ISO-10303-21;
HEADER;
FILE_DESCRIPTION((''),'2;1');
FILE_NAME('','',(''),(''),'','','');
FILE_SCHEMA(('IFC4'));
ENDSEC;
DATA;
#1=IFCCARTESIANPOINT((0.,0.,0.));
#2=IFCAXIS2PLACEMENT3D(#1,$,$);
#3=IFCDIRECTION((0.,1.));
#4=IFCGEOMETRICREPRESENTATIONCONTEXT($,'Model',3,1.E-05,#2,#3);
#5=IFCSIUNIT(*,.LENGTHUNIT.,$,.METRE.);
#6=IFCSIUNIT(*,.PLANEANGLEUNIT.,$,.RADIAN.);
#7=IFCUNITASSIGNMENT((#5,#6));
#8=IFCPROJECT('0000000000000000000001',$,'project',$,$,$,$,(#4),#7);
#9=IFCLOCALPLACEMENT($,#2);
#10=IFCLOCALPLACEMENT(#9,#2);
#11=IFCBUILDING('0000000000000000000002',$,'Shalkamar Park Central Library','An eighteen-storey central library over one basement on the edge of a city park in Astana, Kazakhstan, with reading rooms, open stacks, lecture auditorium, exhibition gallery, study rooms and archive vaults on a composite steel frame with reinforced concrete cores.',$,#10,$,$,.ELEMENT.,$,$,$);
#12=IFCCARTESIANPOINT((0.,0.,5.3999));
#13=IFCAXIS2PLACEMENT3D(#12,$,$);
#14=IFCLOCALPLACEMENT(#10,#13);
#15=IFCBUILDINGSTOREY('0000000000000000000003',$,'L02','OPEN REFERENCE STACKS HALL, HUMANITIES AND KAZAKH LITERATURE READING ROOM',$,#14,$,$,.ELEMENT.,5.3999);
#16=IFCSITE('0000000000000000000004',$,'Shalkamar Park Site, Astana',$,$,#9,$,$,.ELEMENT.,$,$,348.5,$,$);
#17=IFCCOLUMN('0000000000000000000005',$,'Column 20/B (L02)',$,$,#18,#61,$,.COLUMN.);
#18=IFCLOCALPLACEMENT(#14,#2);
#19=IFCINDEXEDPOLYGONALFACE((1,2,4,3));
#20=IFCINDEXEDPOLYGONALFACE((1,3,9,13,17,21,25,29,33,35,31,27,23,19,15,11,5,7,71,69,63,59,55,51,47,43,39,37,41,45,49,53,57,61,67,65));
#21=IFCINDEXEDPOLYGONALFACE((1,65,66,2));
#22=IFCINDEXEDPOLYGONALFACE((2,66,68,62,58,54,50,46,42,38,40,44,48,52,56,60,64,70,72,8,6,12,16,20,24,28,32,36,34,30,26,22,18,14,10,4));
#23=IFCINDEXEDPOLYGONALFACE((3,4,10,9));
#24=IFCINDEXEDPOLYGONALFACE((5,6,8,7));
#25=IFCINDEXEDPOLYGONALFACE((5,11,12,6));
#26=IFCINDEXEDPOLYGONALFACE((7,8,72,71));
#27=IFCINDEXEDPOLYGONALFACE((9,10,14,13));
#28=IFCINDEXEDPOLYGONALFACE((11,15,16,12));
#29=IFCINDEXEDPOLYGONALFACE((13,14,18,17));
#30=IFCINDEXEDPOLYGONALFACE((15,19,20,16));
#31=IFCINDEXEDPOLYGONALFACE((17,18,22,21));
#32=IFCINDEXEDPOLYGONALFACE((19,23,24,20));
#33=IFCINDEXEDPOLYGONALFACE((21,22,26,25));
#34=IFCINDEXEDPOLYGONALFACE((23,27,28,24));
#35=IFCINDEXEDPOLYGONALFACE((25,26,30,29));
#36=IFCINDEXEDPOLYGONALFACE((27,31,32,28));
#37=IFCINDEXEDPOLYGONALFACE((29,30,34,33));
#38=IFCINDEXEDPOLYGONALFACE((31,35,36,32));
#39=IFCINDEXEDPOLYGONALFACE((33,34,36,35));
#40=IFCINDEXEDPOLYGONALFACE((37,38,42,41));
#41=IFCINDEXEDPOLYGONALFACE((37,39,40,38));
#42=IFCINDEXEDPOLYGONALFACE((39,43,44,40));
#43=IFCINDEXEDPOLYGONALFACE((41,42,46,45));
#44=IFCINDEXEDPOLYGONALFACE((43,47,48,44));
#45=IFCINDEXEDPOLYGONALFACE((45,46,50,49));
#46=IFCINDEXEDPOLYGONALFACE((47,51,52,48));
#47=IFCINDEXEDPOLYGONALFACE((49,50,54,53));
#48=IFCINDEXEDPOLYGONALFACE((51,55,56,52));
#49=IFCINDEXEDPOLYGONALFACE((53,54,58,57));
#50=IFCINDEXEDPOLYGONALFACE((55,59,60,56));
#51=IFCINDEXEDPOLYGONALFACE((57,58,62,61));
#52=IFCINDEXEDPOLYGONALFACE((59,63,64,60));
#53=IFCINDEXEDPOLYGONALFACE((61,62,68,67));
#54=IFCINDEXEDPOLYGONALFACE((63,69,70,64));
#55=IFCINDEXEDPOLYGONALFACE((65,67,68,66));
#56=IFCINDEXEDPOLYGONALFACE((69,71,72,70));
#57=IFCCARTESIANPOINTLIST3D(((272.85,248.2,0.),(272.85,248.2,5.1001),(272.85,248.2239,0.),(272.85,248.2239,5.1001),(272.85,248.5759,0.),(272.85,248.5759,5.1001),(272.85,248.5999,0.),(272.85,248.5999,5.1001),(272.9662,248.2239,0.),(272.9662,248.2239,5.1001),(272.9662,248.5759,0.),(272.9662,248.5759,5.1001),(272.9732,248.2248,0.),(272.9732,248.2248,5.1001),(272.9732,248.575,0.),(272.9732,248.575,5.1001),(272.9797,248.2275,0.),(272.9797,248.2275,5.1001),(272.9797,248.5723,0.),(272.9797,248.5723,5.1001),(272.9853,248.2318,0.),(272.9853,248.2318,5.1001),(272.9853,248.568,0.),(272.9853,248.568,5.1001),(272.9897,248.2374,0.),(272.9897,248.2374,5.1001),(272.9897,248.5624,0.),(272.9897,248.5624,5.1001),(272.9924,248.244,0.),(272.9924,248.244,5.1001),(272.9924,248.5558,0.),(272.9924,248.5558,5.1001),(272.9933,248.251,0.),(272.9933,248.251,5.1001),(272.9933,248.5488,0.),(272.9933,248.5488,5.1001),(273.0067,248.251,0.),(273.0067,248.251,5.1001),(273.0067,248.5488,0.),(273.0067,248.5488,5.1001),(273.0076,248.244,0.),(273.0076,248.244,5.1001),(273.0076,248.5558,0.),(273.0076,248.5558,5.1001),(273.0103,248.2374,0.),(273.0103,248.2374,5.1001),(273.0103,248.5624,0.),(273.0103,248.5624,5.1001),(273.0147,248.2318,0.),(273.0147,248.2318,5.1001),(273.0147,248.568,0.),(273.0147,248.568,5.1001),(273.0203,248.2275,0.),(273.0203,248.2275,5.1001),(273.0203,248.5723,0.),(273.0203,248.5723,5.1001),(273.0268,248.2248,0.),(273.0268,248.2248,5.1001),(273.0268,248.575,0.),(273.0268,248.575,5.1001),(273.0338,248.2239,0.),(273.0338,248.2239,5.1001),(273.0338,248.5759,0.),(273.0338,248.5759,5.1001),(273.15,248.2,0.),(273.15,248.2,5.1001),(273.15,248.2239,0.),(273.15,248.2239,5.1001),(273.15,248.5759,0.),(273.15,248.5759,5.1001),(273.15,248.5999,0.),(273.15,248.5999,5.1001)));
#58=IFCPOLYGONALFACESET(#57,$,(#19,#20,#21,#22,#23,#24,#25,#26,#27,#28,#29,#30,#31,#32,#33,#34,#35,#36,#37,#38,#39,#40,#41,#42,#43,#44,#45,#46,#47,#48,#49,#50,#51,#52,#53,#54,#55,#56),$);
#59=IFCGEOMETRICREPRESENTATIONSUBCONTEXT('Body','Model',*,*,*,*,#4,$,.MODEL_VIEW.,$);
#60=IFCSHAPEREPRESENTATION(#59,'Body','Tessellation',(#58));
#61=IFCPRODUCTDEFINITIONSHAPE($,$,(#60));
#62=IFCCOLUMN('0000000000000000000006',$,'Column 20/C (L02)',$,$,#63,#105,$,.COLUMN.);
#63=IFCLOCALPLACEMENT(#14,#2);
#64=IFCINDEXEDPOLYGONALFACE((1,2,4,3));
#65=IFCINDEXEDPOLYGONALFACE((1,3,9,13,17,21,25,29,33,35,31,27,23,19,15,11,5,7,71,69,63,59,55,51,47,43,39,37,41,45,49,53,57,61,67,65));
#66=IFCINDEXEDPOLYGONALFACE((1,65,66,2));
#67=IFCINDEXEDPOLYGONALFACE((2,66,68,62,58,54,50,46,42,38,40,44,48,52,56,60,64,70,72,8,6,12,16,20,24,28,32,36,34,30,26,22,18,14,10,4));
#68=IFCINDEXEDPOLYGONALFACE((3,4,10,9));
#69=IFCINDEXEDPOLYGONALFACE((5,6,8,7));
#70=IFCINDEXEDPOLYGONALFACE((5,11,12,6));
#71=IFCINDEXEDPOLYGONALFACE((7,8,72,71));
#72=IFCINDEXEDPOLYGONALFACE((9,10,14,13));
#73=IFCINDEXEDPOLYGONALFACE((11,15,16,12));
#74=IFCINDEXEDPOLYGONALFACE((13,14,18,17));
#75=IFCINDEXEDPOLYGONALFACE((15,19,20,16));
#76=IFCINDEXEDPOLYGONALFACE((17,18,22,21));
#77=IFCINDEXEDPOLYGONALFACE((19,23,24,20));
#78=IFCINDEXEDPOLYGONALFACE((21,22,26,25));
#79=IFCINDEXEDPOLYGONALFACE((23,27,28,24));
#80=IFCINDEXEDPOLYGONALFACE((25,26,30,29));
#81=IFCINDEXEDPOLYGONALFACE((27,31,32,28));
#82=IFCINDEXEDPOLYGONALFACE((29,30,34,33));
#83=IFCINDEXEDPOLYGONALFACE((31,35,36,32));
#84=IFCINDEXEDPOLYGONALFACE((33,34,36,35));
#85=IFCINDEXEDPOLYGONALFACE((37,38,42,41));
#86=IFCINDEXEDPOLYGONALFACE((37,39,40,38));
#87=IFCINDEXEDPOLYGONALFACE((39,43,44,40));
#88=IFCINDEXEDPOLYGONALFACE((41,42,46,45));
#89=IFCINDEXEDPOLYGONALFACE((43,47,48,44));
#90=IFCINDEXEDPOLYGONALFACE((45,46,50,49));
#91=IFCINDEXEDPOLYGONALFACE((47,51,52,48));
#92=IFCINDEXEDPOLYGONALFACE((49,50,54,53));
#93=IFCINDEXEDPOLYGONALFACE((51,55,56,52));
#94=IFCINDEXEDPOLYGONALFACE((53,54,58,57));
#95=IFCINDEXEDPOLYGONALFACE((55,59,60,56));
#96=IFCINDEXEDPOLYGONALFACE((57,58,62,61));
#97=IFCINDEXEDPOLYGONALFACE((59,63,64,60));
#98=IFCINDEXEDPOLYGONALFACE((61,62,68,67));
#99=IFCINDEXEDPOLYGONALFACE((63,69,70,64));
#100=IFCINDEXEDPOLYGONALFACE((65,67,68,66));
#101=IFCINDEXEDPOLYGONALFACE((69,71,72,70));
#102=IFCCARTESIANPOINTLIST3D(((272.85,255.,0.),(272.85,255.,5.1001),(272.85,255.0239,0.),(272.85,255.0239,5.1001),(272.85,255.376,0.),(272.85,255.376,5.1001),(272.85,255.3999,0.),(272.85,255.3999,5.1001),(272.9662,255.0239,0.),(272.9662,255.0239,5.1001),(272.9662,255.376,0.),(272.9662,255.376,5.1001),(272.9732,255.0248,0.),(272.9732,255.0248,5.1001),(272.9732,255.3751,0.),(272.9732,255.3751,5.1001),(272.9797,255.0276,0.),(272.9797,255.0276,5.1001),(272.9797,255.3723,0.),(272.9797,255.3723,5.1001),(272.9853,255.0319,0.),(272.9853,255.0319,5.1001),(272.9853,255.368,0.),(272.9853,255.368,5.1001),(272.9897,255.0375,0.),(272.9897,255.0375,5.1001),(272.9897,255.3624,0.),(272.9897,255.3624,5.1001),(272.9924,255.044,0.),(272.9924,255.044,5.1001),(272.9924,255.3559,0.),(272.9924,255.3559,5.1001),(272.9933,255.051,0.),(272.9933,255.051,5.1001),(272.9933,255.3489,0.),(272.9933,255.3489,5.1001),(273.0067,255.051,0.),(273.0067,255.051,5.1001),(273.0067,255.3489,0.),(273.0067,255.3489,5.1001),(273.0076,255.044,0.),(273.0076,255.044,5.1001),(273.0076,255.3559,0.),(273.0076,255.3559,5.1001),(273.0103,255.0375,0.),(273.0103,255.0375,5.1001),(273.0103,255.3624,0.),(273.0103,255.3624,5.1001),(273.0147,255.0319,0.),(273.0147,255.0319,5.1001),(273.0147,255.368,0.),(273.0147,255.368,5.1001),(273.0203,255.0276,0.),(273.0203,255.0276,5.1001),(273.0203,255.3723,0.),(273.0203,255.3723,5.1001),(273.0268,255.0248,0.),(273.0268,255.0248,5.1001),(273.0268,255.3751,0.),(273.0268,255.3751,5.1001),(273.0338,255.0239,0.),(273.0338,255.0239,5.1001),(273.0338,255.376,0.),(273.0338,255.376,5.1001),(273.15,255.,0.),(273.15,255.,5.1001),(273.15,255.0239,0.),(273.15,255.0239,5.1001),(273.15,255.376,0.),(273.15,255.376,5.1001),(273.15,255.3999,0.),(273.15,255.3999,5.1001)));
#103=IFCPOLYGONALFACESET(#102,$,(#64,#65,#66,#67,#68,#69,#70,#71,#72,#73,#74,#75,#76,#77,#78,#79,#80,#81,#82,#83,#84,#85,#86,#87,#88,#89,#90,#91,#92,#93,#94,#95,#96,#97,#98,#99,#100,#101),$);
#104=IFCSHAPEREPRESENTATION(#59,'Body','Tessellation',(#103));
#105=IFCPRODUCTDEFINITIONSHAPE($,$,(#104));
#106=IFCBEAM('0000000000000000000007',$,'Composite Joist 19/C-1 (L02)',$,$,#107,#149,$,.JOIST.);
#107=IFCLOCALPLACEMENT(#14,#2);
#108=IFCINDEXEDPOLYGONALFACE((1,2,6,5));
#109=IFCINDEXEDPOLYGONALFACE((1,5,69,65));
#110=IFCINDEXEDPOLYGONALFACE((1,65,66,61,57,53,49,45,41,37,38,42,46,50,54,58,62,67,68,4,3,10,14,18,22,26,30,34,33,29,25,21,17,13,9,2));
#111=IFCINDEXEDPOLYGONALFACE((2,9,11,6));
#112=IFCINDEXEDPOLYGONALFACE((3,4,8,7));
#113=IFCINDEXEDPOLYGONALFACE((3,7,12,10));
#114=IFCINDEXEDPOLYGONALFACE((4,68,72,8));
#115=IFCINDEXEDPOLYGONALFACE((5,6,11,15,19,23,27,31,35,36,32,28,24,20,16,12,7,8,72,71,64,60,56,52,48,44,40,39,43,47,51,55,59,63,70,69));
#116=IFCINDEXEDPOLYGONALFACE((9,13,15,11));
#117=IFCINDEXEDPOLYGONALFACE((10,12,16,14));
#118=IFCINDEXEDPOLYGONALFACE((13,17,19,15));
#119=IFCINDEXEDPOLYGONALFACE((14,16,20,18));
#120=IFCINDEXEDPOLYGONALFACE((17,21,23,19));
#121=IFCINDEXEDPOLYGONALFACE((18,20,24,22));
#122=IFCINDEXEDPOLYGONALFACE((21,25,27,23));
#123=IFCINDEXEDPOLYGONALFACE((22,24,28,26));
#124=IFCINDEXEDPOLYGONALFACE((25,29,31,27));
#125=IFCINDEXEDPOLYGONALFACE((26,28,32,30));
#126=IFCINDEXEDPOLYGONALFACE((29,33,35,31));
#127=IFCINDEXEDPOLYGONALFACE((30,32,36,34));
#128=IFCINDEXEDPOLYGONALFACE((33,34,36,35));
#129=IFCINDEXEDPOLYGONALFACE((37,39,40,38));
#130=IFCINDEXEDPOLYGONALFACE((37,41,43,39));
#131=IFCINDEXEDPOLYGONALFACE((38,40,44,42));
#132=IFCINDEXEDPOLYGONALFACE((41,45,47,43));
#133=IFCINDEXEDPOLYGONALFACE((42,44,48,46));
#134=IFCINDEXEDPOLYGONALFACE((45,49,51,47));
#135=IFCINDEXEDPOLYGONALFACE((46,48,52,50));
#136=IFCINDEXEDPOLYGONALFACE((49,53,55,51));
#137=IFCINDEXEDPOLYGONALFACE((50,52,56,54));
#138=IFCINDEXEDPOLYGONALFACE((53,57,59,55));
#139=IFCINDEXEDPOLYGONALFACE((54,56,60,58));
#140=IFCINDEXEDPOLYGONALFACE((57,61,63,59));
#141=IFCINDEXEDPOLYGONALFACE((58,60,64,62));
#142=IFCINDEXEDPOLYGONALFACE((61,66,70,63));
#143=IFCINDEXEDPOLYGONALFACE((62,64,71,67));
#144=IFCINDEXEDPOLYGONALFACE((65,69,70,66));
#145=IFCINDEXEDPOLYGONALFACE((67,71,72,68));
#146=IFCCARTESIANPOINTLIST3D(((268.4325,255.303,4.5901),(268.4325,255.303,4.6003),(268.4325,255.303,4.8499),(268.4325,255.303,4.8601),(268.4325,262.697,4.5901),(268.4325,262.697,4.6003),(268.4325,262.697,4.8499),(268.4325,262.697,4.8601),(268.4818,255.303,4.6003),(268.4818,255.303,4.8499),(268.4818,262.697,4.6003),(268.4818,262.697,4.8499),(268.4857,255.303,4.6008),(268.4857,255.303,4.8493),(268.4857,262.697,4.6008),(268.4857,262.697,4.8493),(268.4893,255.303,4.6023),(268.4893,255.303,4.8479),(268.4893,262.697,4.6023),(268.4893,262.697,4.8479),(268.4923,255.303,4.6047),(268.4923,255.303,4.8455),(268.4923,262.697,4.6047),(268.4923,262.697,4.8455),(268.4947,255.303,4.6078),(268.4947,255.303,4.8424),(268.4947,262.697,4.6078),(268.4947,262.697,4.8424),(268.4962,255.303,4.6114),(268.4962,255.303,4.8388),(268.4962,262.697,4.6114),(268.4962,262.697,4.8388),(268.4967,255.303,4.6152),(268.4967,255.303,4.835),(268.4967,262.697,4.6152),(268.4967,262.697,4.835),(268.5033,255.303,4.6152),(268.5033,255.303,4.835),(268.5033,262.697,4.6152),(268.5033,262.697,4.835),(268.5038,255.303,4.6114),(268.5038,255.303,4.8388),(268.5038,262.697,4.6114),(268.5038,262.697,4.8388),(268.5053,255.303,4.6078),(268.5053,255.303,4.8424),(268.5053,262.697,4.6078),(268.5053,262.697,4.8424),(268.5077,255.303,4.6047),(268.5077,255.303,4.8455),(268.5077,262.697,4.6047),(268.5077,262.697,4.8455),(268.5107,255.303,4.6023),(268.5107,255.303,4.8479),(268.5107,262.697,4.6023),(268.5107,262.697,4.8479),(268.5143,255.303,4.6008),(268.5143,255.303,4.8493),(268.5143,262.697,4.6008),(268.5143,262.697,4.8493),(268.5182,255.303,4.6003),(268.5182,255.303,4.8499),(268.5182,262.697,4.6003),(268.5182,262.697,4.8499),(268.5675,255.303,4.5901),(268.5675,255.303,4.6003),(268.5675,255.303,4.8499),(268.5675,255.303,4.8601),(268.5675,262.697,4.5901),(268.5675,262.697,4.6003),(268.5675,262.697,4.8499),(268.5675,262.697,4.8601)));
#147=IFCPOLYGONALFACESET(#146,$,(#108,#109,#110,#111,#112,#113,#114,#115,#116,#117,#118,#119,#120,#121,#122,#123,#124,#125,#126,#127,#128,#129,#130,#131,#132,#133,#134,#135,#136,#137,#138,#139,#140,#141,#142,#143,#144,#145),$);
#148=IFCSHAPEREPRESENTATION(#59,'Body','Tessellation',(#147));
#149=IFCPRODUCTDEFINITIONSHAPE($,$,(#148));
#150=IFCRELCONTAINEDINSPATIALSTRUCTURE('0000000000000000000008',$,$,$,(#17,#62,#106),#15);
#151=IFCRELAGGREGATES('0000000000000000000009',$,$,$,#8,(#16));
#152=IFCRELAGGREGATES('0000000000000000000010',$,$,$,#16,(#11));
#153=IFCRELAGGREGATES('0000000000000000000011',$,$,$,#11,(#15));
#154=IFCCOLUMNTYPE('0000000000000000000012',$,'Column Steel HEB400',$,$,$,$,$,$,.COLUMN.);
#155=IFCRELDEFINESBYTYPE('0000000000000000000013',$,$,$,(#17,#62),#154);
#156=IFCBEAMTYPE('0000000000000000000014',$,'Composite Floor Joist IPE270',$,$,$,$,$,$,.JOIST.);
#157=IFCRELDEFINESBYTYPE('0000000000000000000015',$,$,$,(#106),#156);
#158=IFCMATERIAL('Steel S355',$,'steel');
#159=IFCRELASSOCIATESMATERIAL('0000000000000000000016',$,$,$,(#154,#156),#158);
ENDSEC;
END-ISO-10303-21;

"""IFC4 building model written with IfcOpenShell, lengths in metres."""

from ifc_helpers import new_model, si_unit, direction, frame, origin, origin_2d, place, context, subcontext, project, spatial, i_section, extrude, material, material_profile, profile_set, type_object, element, save


model = new_model("IFC4")

# Units and contexts
model_context = context("Model", 3, precision=1e-05, world=origin(), true_north=direction((0.0, 1.0)))
body_context = subcontext(model_context, "Body", "Model", "MODEL_VIEW")
ifc_project = project(units=[si_unit("LENGTHUNIT", "METRE"), si_unit("PLANEANGLEUNIT", "RADIAN")], contexts=[model_context])

# Site, building, storey
site_placement = place(None, origin())
site = spatial("IfcSite", under=ifc_project, at=site_placement, Name="Shalkamar Park Site, Astana", CompositionType="ELEMENT", RefElevation=348.5)
building_placement = place(site_placement, origin())
building = spatial("IfcBuilding", under=site, at=building_placement, Name="Shalkamar Park Central Library", Description="An eighteen-storey central library over one basement on the edge of a city park in Astana, Kazakhstan, with reading rooms, open stacks, lecture auditorium, exhibition gallery, study rooms and archive vaults on a composite steel frame with reinforced concrete cores.", CompositionType="ELEMENT")
storey_placement = place(building_placement, frame((0.0, 0.0, 5.3999)))
storey = spatial("IfcBuildingStorey", under=building, at=storey_placement, Name="L02", Description="OPEN REFERENCE STACKS HALL, HUMANITIES AND KAZAKH LITERATURE READING ROOM", CompositionType="ELEMENT", Elevation=5.3999)

# Columns
ifc_material_1 = material(Name="Steel S355", Category="steel")
ifc_material_profile_1 = material_profile(ifc_material_1, i_section(OverallWidth=0.3, OverallDepth=0.3999, WebThickness=0.0134, FlangeThickness=0.0239, FilletRadius=0.0271, at=origin_2d()), Name="HEB 400")
ifc_profile_set_1 = profile_set([ifc_material_profile_1], Name="Steel S355")
column_type = type_object("IfcColumnType", Name="Column Steel HEB400", PredefinedType="COLUMN", material=ifc_profile_set_1)
for number, where, z_axis, x_axis, name in (
    (1, (273.0, 248.3999, 0.0), (0.0, 0.0, 1.0), (1.0, 0.0, 0.0), "Column 20/B (L02)"),
    (2, (273.0, 255.2, 0.0), (0.0, 0.0, 1.0), (1.0, 0.0, 0.0), "Column 20/C (L02)"),
):
    element("IfcColumn", number, at=place(storey_placement, frame(where, z_axis=z_axis, x_axis=x_axis)), inside=storey, type_object=column_type, Name=name, PredefinedType="COLUMN", context=body_context, shape_type="SweptSolid", body=[
        extrude(i_section(OverallWidth=0.3, OverallDepth=0.3999, WebThickness=0.0134, FlangeThickness=0.0239, FilletRadius=0.0271, at=origin_2d()), origin(), (0.0, 0.0, 1.0), 5.1001),
    ])

# Beam
ifc_material_profile_2 = material_profile(ifc_material_1, i_section(OverallWidth=0.135, OverallDepth=0.27, WebThickness=0.0066, FlangeThickness=0.0103, FilletRadius=0.0149, at=origin_2d()), Name="IPE 270")
ifc_profile_set_2 = profile_set([ifc_material_profile_2], Name="Steel S355")
beam_type_1 = type_object("IfcBeamType", Name="Composite Floor Joist IPE270", PredefinedType="JOIST", material=ifc_profile_set_2)
beam_1_placement = place(storey_placement, frame((268.5, 255.303, 4.7251), z_axis=(0.0, 1.0, 0.0), x_axis=(-1.0, 0.0, 0.0)))
element("IfcBeam", 3, at=beam_1_placement, inside=storey, type_object=beam_type_1, Name="Composite Joist 19/C-1 (L02)", PredefinedType="JOIST", context=body_context, shape_type="SweptSolid", body=[
    extrude(i_section(OverallWidth=0.135, OverallDepth=0.27, WebThickness=0.0066, FlangeThickness=0.0103, FilletRadius=0.0149, at=origin_2d()), origin(), (0.0, 0.0, 1.0), 7.394),
])

save(model, "model.ifc")
